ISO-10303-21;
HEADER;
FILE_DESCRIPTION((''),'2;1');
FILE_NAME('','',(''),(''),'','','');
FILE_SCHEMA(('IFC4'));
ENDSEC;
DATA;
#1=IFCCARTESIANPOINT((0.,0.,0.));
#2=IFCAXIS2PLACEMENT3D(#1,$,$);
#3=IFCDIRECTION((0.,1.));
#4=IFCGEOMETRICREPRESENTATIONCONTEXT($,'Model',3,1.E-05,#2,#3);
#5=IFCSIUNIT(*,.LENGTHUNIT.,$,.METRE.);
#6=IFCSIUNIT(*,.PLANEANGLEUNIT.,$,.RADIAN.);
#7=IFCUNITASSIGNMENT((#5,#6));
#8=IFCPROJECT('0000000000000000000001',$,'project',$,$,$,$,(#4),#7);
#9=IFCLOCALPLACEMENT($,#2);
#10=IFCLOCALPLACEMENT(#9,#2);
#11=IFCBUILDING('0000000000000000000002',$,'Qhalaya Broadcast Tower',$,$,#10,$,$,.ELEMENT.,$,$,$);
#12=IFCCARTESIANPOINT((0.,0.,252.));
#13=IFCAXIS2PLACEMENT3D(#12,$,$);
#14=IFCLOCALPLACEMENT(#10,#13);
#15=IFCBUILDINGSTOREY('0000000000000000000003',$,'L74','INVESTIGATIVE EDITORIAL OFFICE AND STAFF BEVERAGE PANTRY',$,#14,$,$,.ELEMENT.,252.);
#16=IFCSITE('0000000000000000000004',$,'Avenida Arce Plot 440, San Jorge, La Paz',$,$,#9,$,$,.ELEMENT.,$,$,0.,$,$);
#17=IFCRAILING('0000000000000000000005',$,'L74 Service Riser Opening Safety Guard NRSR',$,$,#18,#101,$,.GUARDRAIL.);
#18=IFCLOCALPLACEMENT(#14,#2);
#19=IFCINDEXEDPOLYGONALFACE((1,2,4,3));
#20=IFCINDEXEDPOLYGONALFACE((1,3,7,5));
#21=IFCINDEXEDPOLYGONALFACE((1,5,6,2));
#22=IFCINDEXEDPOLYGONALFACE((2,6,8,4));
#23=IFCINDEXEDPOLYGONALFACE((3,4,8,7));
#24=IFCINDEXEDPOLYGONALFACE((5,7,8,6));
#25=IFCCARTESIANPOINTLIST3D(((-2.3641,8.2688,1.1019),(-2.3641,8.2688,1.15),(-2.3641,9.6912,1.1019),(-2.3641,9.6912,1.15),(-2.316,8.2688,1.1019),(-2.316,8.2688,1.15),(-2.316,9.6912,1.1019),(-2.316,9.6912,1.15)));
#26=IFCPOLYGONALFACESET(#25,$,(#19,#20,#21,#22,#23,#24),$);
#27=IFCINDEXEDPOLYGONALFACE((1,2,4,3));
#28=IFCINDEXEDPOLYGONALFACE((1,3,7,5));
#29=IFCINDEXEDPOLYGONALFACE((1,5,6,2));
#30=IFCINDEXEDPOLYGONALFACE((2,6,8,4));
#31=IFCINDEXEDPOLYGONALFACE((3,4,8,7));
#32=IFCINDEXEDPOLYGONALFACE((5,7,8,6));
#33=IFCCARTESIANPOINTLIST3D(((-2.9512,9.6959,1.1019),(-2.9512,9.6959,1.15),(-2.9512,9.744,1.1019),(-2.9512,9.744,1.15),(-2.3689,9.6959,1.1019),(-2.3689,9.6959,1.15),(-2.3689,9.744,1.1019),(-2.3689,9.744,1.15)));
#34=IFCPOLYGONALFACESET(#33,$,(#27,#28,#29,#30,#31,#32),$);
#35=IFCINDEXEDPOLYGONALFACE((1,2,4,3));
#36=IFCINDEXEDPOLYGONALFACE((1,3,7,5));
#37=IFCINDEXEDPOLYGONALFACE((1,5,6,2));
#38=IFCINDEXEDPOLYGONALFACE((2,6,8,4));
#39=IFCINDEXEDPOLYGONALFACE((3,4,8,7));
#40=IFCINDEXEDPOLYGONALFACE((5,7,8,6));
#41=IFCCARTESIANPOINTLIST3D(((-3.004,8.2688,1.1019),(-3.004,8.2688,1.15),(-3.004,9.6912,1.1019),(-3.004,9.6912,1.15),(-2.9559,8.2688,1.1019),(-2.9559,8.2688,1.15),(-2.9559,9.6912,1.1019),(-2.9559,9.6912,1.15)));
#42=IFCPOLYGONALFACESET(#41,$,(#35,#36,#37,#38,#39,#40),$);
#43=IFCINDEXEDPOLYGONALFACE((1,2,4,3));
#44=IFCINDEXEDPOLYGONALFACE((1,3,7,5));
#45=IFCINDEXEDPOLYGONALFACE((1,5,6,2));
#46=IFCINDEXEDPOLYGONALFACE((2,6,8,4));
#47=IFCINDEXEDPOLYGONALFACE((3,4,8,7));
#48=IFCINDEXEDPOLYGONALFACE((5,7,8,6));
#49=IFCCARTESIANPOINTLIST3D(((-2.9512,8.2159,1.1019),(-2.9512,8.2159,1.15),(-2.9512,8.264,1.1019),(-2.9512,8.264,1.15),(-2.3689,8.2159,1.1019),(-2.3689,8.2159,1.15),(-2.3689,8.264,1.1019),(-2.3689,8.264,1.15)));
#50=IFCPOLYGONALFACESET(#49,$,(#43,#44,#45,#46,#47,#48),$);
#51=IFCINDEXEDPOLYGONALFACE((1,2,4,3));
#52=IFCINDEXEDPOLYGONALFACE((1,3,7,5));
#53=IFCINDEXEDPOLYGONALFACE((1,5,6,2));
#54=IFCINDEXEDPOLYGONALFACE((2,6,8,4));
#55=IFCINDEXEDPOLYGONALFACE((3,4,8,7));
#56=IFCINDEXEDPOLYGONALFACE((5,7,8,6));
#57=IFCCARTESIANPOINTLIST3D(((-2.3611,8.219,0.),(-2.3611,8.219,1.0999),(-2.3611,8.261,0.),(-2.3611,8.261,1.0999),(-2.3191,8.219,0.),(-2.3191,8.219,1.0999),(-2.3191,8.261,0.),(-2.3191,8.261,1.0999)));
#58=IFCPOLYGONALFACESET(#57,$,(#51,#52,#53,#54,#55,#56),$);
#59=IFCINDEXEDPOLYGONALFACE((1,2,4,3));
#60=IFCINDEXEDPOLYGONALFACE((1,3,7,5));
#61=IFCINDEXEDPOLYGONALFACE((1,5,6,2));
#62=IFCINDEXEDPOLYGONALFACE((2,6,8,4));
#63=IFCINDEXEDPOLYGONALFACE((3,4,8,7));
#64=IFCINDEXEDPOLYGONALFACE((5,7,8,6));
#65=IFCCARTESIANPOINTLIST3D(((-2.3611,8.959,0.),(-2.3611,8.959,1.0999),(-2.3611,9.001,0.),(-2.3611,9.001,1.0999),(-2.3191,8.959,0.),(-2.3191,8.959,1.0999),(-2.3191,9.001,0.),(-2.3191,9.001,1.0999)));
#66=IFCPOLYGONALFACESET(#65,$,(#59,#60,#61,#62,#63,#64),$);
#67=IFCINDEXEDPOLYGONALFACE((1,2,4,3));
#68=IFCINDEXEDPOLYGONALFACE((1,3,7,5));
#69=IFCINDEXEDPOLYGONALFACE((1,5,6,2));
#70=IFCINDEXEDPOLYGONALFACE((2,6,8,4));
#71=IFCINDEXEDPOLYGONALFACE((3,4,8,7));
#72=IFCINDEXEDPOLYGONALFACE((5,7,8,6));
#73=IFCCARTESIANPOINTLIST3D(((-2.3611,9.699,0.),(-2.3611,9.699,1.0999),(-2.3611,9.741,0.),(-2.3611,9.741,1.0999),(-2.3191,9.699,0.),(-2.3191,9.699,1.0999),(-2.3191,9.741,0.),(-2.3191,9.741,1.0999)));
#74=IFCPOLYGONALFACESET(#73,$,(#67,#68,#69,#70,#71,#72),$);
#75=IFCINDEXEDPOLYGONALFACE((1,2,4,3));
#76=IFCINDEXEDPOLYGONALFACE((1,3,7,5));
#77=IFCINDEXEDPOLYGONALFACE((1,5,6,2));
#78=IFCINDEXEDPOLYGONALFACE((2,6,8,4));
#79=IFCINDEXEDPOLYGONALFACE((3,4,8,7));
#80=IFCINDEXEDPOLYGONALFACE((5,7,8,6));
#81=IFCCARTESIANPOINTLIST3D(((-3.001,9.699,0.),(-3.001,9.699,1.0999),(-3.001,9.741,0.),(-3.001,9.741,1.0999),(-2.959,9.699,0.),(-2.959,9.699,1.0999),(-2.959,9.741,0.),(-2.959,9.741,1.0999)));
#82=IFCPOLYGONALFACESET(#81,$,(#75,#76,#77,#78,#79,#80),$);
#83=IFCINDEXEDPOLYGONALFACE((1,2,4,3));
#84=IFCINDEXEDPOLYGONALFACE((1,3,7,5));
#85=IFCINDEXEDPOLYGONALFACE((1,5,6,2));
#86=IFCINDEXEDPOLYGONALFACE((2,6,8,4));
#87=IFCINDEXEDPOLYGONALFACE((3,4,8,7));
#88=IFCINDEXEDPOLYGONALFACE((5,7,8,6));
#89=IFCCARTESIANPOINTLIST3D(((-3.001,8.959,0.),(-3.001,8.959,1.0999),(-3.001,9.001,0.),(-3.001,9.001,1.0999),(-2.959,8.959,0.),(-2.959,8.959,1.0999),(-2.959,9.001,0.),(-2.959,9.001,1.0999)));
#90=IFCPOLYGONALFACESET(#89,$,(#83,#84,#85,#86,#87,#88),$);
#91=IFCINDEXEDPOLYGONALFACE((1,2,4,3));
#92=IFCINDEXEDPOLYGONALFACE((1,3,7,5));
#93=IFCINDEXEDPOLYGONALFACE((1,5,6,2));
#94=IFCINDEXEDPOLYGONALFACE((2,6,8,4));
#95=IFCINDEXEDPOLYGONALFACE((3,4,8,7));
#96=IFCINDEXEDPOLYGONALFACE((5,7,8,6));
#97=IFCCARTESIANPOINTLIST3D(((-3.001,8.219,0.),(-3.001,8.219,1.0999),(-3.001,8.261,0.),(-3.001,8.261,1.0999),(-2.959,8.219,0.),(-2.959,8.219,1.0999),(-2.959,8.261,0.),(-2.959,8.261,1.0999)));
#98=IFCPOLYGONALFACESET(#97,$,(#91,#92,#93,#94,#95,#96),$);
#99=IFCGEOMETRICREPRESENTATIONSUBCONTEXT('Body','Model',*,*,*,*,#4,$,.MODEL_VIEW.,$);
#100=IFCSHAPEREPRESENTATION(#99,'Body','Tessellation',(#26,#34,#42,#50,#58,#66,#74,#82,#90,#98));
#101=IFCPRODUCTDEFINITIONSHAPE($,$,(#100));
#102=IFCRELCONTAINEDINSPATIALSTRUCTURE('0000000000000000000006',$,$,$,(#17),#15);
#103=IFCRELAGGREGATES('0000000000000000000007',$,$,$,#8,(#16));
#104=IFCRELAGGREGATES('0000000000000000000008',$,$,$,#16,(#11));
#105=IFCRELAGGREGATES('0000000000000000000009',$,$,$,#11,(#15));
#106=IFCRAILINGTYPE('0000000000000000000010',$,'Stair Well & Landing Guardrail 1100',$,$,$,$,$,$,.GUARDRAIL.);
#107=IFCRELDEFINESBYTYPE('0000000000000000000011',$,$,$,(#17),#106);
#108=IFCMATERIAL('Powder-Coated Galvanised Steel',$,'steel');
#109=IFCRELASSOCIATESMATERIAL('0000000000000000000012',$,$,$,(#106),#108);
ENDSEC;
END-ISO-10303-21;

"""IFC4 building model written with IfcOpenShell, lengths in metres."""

from ifc_helpers import new_model, si_unit, direction, frame, origin, origin_2d, place, context, subcontext, project, spatial, rectangle, extrude, material, type_object, element, save


model = new_model("IFC4")

# Units and contexts
model_context = context("Model", 3, precision=1e-05, world=origin(), true_north=direction((0.0, 1.0)))
body_context = subcontext(model_context, "Body", "Model", "MODEL_VIEW")
ifc_project = project(units=[si_unit("LENGTHUNIT", "METRE"), si_unit("PLANEANGLEUNIT", "RADIAN")], contexts=[model_context])

# Site, building, storey
site_placement = place(None, origin())
site = spatial("IfcSite", under=ifc_project, at=site_placement, Name="Avenida Arce Plot 440, San Jorge, La Paz", CompositionType="ELEMENT", RefElevation=0.0)
building_placement = place(site_placement, origin())
building = spatial("IfcBuilding", under=site, at=building_placement, Name="Qhalaya Broadcast Tower", CompositionType="ELEMENT")
storey_placement = place(building_placement, frame((0.0, 0.0, 252.0)))
storey = spatial("IfcBuildingStorey", under=building, at=storey_placement, Name="L74", Description="INVESTIGATIVE EDITORIAL OFFICE AND STAFF BEVERAGE PANTRY", CompositionType="ELEMENT", Elevation=252.0)

# Railing
ifc_material_1 = material(Name="Powder-Coated Galvanised Steel", Category="steel")
railing_type = type_object("IfcRailingType", Name="Stair Well & Landing Guardrail 1100", PredefinedType="GUARDRAIL", material=ifc_material_1)
railing_placement = place(storey_placement, frame((-2.3401, 8.24, 0.0)))
element("IfcRailing", 1, at=railing_placement, inside=storey, type_object=railing_type, Name="L74 Service Riser Opening Safety Guard NRSR", PredefinedType="GUARDRAIL", context=body_context, shape_type="SweptSolid", body=[
    extrude(rectangle(XDim=0.0481, YDim=0.0481, at=origin_2d()), frame((0.0, 0.0288, 1.126), z_axis=(0.0, 1.0, 0.0), x_axis=(-1.0, 0.0, 0.0)), (0.0, 0.0, 1.0), 1.4224),
    extrude(rectangle(XDim=0.0481, YDim=0.0481, at=origin_2d()), frame((-0.0288, 1.48, 1.126), z_axis=(-1.0, 0.0, 0.0), x_axis=(0.0, -1.0, 0.0)), (0.0, 0.0, 1.0), 0.5823),
    extrude(rectangle(XDim=0.0481, YDim=0.0481, at=origin_2d()), frame((-0.6399, 1.4512, 1.126), z_axis=(0.0, -1.0, 0.0), x_axis=(1.0, 0.0, 0.0)), (0.0, 0.0, 1.0), 1.4224),
    extrude(rectangle(XDim=0.0481, YDim=0.0481, at=origin_2d()), frame((-0.6111, 0.0, 1.126), z_axis=(1.0, 0.0, 0.0), x_axis=(0.0, 1.0, 0.0)), (0.0, 0.0, 1.0), 0.5823),
    extrude(rectangle(XDim=0.042, YDim=0.042, at=origin_2d()), origin(), (0.0, 0.0, 1.0), 1.0999),
    extrude(rectangle(XDim=0.042, YDim=0.042, at=origin_2d()), frame((0.0, 0.74, 0.0)), (0.0, 0.0, 1.0), 1.0999),
    extrude(rectangle(XDim=0.042, YDim=0.042, at=origin_2d()), frame((0.0, 1.48, 0.0)), (0.0, 0.0, 1.0), 1.0999),
    extrude(rectangle(XDim=0.042, YDim=0.042, at=origin_2d()), frame((-0.6399, 1.48, 0.0)), (0.0, 0.0, 1.0), 1.0999),
    extrude(rectangle(XDim=0.042, YDim=0.042, at=origin_2d()), frame((-0.6399, 0.74, 0.0)), (0.0, 0.0, 1.0), 1.0999),
    extrude(rectangle(XDim=0.042, YDim=0.042, at=origin_2d()), frame((-0.6399, 0.0, 0.0)), (0.0, 0.0, 1.0), 1.0999),
])

save(model, "model.ifc")
